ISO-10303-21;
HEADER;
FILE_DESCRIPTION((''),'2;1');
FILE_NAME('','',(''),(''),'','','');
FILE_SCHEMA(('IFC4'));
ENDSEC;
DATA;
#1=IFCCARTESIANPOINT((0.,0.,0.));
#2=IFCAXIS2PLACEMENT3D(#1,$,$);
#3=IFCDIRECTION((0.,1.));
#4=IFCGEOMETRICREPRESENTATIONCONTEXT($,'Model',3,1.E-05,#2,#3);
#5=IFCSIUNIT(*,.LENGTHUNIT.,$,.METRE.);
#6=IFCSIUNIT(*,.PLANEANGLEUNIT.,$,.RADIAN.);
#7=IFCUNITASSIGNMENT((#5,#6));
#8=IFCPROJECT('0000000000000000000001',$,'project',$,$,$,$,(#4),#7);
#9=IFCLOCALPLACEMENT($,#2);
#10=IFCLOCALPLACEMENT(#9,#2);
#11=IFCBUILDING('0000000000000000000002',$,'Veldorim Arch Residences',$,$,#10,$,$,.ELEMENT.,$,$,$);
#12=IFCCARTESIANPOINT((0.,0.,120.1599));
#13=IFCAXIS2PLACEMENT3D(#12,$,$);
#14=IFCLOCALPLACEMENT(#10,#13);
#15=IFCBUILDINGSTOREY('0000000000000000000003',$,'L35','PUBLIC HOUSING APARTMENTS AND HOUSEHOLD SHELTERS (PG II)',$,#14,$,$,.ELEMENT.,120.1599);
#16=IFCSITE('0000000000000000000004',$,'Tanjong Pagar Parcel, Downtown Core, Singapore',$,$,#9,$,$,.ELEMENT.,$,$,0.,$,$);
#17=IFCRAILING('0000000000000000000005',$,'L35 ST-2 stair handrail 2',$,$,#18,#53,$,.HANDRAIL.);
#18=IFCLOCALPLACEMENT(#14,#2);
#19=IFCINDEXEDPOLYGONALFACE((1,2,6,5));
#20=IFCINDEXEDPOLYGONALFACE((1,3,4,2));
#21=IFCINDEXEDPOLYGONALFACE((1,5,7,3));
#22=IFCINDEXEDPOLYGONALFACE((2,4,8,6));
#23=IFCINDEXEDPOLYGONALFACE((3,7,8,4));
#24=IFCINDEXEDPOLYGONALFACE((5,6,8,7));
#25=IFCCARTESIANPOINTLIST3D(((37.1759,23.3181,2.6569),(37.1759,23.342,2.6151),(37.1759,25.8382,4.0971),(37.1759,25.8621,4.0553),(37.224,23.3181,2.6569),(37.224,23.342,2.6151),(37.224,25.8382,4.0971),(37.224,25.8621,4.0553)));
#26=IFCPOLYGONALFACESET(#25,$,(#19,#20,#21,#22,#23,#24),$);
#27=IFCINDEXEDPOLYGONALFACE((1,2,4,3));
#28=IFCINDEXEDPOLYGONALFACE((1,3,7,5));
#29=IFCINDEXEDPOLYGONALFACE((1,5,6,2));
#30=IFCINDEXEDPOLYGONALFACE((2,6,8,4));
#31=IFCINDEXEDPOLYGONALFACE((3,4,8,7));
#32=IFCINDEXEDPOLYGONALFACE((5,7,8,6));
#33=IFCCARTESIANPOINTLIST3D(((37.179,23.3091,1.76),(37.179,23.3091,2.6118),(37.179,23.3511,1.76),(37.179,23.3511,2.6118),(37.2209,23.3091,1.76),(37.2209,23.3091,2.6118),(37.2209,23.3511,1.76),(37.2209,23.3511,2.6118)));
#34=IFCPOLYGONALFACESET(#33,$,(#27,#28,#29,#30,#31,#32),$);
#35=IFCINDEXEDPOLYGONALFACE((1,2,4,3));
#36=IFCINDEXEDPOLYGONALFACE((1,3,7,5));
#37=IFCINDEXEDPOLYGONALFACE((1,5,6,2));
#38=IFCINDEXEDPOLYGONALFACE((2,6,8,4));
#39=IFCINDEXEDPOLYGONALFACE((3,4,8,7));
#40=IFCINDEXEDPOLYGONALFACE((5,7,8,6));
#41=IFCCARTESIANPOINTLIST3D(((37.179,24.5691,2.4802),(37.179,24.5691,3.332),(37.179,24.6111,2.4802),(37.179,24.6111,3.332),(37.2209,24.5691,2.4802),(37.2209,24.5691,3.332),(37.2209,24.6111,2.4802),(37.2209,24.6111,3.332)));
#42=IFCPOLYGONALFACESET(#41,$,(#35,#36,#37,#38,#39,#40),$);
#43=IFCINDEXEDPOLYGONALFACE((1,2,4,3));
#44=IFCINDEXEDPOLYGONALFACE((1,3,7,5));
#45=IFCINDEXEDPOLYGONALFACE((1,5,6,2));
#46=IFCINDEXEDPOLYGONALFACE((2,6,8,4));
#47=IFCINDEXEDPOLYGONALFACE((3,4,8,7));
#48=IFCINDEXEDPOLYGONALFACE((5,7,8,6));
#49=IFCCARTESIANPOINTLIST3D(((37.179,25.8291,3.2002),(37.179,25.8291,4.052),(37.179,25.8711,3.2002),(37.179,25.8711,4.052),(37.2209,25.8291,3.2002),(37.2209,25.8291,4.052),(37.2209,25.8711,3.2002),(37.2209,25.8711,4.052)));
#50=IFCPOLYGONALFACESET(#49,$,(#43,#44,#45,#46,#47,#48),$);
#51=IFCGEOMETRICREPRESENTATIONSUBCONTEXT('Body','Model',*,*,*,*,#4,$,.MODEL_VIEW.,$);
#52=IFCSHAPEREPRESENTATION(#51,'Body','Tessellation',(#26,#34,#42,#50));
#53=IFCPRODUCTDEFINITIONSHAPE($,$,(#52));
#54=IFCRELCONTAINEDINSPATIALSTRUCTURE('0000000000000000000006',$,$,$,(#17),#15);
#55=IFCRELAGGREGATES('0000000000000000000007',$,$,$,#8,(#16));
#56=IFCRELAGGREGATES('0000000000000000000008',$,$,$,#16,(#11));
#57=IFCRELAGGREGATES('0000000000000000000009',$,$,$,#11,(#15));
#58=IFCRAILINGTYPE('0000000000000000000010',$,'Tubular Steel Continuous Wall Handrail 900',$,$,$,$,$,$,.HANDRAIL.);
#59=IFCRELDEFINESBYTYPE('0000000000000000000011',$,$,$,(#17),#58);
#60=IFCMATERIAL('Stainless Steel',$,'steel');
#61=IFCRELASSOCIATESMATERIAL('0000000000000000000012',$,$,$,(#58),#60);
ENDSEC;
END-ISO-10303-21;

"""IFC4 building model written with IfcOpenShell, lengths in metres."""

from ifc_helpers import new_model, si_unit, direction, frame, origin, origin_2d, place, context, subcontext, project, spatial, rectangle, extrude, material, type_object, element, save


model = new_model("IFC4")

# Units and contexts
model_context = context("Model", 3, precision=1e-05, world=origin(), true_north=direction((0.0, 1.0)))
body_context = subcontext(model_context, "Body", "Model", "MODEL_VIEW")
ifc_project = project(units=[si_unit("LENGTHUNIT", "METRE"), si_unit("PLANEANGLEUNIT", "RADIAN")], contexts=[model_context])

# Site, building, storey
site_placement = place(None, origin())
site = spatial("IfcSite", under=ifc_project, at=site_placement, Name="Tanjong Pagar Parcel, Downtown Core, Singapore", CompositionType="ELEMENT", RefElevation=0.0)
building_placement = place(site_placement, origin())
building = spatial("IfcBuilding", under=site, at=building_placement, Name="Veldorim Arch Residences", CompositionType="ELEMENT")
storey_placement = place(building_placement, frame((0.0, 0.0, 120.1599)))
storey = spatial("IfcBuildingStorey", under=building, at=storey_placement, Name="L35", Description="PUBLIC HOUSING APARTMENTS AND HOUSEHOLD SHELTERS (PG II)", CompositionType="ELEMENT", Elevation=120.1599)

# Railing
ifc_material_1 = material(Name="Stainless Steel", Category="steel")
railing_type_1 = type_object("IfcRailingType", Name="Tubular Steel Continuous Wall Handrail 900", PredefinedType="HANDRAIL", material=ifc_material_1)
railing_1_placement = place(storey_placement, frame((37.2, 23.3301, 1.76)))
element("IfcRailing", 1, at=railing_1_placement, inside=storey, type_object=railing_type_1, Name="L35 ST-2 stair handrail 2", PredefinedType="HANDRAIL", context=body_context, shape_type="SweptSolid", body=[
    extrude(rectangle(XDim=0.0481, YDim=0.0481, at=origin_2d()), frame((0.0, 0.0, 0.876), z_axis=(0.0, 0.868217, 0.496184), x_axis=(-1.0, 0.0, 0.0)), (0.0, 0.0, 1.0), 2.9026),
    extrude(rectangle(XDim=0.042, YDim=0.042, at=origin_2d()), origin(), (0.0, 0.0, 1.0), 0.8518),
    extrude(rectangle(XDim=0.042, YDim=0.042, at=origin_2d()), frame((0.0, 1.26, 0.7202)), (0.0, 0.0, 1.0), 0.8518),
    extrude(rectangle(XDim=0.042, YDim=0.042, at=origin_2d()), frame((0.0, 2.52, 1.4402)), (0.0, 0.0, 1.0), 0.8518),
])

save(model, "model.ifc")
